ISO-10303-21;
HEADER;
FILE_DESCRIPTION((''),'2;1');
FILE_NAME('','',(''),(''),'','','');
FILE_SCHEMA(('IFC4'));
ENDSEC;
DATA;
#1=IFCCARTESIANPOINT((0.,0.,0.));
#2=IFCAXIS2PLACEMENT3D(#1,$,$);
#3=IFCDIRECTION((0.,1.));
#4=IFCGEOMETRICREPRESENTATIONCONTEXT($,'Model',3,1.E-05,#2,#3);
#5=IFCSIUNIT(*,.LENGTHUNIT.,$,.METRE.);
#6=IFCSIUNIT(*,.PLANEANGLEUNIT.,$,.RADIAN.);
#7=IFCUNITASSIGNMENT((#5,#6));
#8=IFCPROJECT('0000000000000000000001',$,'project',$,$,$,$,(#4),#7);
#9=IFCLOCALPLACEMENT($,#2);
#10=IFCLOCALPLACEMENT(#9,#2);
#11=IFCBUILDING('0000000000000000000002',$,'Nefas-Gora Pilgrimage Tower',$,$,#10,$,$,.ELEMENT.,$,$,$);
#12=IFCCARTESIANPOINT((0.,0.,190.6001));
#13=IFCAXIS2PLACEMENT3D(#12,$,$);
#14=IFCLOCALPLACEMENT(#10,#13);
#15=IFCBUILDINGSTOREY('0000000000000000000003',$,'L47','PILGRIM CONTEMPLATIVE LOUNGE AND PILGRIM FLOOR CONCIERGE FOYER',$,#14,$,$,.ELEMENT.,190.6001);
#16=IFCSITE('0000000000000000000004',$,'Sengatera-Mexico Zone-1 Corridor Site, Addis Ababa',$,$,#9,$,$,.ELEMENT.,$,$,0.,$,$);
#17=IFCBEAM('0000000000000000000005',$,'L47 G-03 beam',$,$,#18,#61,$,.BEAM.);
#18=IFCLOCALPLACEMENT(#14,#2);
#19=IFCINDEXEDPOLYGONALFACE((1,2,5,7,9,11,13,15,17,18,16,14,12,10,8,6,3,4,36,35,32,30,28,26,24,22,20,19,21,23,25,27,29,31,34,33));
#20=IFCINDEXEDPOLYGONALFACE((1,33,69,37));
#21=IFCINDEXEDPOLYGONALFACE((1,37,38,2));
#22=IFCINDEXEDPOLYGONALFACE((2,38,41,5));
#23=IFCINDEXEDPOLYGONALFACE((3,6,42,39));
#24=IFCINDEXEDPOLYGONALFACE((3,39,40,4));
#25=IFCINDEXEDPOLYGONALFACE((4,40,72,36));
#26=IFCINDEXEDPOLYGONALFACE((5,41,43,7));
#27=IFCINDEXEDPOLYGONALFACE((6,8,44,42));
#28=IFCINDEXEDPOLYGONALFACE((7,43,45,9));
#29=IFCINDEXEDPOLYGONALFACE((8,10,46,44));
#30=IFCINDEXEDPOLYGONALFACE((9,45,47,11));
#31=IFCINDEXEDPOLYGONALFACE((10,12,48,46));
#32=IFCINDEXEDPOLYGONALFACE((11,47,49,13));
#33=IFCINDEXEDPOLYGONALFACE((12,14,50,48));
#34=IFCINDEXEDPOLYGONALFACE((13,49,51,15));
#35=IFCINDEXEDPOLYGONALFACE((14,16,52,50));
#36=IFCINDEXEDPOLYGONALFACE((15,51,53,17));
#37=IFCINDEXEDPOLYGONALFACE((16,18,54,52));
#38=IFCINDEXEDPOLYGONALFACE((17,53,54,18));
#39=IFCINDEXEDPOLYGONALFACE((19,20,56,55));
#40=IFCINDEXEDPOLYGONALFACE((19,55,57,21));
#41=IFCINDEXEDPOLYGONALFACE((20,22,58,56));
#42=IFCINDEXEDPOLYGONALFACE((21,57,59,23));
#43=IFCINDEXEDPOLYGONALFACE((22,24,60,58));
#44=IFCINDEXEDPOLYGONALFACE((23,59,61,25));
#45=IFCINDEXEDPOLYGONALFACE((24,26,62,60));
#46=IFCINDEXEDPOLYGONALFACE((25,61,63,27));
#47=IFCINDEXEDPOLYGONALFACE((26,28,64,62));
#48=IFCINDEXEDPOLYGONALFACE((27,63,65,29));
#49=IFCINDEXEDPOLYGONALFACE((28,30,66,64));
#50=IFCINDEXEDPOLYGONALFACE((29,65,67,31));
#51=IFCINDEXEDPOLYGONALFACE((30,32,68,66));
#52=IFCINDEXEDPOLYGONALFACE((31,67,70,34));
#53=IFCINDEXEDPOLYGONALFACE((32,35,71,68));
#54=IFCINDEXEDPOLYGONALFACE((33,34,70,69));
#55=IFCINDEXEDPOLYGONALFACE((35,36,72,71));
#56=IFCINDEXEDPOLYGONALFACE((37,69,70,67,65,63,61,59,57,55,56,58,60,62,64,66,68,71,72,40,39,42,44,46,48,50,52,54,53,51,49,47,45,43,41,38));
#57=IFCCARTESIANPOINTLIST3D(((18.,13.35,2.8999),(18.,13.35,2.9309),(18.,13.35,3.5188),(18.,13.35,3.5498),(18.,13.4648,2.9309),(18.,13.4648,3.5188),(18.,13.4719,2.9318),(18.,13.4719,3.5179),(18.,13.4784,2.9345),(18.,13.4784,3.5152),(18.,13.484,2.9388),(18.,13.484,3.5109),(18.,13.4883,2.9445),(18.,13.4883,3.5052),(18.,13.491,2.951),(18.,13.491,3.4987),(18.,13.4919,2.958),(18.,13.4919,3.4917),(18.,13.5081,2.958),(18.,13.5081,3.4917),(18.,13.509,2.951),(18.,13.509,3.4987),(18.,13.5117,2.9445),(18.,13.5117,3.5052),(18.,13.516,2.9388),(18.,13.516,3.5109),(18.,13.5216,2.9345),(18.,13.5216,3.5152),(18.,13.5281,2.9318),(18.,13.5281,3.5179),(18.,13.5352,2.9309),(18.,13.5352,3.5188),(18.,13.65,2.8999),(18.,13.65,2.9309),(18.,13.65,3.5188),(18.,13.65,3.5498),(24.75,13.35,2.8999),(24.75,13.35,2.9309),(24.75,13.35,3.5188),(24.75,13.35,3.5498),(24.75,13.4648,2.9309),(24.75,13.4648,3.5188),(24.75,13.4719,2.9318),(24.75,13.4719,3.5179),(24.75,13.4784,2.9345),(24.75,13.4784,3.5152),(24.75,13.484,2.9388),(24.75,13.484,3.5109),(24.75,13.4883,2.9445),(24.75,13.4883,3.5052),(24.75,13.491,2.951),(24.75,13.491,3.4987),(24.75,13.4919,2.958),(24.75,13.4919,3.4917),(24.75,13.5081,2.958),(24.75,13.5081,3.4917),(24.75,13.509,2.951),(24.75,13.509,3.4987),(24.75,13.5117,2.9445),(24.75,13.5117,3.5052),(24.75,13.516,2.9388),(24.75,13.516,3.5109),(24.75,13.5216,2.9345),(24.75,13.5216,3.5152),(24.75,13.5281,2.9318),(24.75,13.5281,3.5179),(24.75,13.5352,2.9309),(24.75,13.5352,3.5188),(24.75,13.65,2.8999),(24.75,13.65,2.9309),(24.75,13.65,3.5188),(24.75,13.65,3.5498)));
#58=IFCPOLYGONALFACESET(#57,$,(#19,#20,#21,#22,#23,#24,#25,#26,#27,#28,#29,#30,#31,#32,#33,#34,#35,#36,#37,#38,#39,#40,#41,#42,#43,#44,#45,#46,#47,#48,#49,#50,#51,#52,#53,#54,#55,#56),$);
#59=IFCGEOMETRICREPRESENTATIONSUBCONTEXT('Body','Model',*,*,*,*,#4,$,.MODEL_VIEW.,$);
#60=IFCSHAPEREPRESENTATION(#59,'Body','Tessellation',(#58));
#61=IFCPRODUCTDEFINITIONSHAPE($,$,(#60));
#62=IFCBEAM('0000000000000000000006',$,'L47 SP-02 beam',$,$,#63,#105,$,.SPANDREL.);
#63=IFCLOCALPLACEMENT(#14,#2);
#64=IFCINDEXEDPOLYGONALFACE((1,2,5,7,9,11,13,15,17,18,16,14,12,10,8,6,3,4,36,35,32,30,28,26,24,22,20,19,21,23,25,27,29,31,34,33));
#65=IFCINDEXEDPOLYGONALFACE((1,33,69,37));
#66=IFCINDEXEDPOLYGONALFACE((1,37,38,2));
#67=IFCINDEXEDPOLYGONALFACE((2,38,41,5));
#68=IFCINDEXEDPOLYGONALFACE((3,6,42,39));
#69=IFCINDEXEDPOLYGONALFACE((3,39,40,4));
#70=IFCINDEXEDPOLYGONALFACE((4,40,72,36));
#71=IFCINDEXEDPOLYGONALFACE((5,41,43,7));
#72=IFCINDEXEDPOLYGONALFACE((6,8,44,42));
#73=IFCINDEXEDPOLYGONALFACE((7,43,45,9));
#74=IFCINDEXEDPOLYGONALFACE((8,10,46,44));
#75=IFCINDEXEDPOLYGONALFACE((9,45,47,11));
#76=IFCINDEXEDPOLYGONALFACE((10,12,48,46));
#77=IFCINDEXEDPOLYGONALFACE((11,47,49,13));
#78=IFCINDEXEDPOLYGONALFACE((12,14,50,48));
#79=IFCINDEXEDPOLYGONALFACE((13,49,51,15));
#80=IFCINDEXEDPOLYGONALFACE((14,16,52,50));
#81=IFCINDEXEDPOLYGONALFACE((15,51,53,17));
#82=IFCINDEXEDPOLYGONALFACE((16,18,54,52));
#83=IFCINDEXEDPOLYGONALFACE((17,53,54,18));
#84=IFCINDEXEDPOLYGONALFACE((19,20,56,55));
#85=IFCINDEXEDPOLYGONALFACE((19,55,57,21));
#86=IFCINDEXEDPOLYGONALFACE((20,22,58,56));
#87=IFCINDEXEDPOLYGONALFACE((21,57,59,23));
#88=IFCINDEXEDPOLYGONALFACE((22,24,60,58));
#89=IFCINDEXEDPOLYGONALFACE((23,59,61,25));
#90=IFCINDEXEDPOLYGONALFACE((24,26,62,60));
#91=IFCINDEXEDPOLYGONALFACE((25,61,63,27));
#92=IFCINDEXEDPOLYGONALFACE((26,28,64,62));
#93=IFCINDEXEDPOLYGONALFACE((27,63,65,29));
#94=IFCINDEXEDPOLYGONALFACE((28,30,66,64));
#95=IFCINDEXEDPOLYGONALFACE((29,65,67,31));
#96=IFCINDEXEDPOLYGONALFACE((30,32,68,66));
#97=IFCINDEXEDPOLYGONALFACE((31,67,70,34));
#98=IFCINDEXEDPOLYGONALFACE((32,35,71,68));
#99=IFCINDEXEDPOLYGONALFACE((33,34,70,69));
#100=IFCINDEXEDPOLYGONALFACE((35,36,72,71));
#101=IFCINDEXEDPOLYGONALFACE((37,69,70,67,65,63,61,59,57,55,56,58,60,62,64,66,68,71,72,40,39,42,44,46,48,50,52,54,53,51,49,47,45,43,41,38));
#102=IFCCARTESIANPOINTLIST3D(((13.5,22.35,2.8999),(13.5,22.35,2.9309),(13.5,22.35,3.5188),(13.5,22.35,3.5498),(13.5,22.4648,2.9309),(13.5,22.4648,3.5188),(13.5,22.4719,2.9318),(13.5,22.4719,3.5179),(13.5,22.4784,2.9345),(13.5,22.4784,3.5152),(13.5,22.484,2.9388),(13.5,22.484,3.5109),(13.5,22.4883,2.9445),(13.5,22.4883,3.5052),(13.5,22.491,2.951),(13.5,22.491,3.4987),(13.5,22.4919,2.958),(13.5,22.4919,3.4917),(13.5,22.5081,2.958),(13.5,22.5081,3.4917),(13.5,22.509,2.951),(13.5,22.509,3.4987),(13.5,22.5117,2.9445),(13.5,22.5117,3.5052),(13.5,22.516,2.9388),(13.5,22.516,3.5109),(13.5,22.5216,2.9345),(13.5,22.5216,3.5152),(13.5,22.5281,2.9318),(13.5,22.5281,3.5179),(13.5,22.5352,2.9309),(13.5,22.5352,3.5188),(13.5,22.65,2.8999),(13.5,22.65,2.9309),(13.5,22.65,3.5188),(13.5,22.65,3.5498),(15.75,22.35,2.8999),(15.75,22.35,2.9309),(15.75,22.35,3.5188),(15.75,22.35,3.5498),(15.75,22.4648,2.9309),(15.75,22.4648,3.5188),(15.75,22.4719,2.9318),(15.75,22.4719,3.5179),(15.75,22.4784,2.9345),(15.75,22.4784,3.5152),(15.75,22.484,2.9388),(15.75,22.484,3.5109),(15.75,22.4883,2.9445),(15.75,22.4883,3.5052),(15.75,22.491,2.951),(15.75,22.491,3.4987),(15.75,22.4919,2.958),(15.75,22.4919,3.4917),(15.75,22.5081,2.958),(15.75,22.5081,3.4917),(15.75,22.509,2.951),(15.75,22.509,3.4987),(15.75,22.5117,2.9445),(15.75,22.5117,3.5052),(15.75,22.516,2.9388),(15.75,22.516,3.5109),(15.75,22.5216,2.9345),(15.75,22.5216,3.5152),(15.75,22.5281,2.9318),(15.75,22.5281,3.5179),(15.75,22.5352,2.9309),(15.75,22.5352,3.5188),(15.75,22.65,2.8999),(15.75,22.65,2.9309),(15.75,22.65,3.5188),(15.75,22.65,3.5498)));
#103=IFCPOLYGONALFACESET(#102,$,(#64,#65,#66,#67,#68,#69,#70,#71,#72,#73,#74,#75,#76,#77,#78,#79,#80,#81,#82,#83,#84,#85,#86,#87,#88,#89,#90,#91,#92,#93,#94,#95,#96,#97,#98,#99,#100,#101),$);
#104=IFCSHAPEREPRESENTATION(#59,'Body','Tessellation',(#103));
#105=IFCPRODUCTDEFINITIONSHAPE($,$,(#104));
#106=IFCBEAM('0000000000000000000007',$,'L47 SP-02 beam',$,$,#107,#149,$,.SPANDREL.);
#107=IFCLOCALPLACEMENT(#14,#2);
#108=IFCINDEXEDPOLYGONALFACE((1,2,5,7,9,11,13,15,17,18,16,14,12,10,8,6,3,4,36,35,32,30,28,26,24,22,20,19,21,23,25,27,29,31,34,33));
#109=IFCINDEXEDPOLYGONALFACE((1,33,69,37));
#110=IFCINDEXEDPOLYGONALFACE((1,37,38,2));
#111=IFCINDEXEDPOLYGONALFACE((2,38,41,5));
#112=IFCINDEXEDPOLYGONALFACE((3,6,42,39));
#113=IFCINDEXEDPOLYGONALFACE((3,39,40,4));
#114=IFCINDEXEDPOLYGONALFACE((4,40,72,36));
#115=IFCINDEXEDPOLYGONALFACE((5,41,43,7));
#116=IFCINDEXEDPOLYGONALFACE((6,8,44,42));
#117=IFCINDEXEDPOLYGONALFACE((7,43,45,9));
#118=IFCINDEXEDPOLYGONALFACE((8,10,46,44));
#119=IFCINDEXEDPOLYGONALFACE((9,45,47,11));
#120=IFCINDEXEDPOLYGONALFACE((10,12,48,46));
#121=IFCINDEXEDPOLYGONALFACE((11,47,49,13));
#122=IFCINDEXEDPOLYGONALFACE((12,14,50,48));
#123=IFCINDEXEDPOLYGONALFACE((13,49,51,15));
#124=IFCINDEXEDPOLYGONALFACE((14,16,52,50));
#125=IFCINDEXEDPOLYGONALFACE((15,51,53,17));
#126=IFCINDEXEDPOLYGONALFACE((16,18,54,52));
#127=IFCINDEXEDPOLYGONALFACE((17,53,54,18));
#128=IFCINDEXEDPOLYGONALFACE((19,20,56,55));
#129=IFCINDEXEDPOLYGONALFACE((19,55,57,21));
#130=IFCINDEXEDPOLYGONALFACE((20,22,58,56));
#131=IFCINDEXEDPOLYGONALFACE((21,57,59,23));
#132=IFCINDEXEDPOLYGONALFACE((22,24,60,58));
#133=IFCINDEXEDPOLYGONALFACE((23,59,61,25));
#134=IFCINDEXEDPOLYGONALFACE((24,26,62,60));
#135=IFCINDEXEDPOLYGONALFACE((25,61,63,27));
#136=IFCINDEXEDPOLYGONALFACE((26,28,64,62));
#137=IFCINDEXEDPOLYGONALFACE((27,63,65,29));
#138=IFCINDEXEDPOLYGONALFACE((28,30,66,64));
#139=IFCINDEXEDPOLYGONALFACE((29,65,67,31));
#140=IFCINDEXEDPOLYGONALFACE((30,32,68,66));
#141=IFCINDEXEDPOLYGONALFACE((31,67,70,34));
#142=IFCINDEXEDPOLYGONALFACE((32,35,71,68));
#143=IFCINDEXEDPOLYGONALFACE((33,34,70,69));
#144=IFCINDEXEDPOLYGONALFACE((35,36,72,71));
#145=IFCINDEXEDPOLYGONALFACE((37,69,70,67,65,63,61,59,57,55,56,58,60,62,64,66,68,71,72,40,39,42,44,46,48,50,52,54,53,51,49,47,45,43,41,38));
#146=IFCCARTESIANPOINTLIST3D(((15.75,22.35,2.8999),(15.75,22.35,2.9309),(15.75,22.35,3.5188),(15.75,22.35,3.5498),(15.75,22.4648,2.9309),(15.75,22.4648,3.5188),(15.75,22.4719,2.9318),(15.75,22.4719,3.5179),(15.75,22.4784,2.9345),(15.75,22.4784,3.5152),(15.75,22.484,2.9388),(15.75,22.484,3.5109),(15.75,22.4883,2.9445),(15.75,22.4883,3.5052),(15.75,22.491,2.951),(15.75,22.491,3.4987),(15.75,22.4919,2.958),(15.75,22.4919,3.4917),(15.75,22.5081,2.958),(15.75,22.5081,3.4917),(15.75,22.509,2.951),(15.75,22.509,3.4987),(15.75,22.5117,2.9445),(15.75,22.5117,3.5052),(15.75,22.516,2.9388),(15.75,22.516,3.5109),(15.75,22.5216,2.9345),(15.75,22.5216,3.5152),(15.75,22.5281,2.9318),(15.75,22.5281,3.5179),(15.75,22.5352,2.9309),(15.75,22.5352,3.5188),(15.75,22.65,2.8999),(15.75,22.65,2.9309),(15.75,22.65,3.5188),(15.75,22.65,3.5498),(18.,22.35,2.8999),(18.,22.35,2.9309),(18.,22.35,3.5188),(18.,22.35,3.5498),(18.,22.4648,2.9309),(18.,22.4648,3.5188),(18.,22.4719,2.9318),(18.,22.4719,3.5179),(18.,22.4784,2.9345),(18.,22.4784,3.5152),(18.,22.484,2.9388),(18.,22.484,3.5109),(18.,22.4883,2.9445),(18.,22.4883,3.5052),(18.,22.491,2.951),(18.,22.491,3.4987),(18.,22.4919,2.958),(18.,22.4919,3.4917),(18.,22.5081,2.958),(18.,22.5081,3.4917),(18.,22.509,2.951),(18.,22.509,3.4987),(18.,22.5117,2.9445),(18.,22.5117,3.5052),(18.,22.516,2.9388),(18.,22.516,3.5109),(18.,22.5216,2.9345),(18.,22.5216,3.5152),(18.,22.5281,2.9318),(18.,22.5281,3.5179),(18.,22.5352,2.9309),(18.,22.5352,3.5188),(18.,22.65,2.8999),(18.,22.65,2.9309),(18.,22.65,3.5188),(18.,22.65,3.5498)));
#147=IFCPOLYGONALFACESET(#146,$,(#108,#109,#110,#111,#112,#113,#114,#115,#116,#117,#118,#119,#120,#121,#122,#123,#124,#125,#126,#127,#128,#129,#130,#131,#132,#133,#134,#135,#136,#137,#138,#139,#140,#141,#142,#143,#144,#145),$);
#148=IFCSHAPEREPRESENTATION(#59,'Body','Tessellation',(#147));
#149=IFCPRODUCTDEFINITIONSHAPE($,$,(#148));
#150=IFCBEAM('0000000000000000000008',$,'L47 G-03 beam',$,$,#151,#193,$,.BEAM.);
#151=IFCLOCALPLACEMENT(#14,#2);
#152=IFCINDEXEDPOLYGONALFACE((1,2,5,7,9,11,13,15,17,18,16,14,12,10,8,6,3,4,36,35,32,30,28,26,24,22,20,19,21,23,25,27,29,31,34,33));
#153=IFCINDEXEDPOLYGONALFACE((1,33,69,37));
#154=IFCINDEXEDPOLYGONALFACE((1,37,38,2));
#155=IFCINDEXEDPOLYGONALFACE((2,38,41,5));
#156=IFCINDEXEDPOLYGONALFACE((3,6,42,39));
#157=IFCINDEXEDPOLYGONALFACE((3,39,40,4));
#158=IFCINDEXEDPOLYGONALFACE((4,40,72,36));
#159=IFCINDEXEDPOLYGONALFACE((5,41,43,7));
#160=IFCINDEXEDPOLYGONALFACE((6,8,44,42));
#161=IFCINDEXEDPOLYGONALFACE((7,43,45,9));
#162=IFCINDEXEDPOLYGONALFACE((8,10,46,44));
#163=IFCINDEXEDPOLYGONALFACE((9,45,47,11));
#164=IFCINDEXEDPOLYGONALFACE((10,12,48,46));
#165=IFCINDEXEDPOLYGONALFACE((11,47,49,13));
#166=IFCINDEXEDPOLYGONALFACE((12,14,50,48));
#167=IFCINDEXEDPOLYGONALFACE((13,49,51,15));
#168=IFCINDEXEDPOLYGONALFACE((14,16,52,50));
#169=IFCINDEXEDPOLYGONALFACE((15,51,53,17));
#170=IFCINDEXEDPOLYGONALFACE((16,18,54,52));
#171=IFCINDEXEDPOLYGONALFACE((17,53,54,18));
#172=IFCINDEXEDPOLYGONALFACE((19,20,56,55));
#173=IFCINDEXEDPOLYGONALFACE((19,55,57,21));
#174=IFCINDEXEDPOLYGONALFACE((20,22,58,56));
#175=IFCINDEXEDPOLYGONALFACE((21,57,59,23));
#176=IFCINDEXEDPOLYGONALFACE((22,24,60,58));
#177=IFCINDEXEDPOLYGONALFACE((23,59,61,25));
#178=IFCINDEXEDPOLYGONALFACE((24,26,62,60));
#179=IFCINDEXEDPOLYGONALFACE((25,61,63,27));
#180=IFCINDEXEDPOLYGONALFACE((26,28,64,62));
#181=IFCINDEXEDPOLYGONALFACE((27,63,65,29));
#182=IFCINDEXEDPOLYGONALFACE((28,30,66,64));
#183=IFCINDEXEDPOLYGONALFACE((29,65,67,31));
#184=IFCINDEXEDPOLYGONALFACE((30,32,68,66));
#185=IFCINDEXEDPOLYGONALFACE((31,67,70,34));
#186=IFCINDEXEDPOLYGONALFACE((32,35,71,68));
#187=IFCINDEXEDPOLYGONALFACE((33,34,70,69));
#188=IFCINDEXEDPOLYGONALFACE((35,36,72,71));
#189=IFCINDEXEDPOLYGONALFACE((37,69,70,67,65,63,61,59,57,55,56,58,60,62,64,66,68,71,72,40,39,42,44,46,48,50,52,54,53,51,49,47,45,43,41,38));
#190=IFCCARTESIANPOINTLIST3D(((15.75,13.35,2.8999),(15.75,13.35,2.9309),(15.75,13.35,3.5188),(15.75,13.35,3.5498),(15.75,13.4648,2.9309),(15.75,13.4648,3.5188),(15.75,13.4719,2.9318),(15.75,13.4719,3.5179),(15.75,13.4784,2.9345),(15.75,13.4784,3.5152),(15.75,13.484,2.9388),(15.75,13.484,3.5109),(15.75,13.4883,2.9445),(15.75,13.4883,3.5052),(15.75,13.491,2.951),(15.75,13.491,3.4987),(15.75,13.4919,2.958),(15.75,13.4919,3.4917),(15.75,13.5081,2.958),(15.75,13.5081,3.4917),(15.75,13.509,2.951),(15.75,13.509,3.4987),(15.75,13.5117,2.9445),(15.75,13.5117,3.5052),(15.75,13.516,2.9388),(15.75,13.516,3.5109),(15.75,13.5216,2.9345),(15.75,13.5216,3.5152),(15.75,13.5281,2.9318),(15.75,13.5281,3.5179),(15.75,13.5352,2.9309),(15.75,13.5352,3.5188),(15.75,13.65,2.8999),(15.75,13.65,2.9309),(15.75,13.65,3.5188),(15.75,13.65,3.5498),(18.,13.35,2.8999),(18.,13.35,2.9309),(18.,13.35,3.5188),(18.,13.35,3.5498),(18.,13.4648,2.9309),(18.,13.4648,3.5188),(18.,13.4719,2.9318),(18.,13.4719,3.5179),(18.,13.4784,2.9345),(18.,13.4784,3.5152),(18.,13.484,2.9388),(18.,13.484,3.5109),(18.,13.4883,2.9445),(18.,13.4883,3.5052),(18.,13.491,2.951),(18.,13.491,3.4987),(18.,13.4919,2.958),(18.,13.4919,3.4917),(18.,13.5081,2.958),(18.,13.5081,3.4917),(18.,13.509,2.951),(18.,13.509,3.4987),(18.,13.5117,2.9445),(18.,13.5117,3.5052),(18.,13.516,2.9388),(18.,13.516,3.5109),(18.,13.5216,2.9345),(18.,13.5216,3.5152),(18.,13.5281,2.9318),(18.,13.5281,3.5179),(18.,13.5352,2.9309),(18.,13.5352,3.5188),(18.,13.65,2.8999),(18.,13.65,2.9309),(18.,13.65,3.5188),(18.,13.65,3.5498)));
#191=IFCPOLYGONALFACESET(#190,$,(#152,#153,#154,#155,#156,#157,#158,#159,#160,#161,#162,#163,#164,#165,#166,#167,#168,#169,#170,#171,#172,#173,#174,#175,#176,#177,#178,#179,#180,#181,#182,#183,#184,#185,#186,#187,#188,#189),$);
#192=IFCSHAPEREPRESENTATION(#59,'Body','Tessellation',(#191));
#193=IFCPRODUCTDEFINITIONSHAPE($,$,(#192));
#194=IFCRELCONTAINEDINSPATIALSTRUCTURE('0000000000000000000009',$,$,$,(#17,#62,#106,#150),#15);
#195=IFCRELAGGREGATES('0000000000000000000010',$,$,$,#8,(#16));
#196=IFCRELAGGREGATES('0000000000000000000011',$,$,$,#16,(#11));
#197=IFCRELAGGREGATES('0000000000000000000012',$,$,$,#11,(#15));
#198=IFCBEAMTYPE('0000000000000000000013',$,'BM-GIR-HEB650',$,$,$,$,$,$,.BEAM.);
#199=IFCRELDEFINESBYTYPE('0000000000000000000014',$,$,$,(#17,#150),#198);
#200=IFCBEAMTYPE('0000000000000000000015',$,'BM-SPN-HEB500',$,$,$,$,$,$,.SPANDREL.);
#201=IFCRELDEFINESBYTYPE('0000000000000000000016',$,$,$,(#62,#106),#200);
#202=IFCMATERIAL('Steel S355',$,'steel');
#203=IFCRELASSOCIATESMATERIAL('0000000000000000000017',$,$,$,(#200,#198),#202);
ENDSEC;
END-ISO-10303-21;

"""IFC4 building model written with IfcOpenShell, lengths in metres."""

from ifc_helpers import new_model, si_unit, direction, frame, origin, origin_2d, place, context, subcontext, project, spatial, i_section, extrude, source, transform, mapped, material, material_profile, profile_set, type_object, element, save


model = new_model("IFC4")

# Units and contexts
model_context = context("Model", 3, precision=1e-05, world=origin(), true_north=direction((0.0, 1.0)))
body_context = subcontext(model_context, "Body", "Model", "MODEL_VIEW")
ifc_project = project(units=[si_unit("LENGTHUNIT", "METRE"), si_unit("PLANEANGLEUNIT", "RADIAN")], contexts=[model_context])

# Site, building, storey
site_placement = place(None, origin())
site = spatial("IfcSite", under=ifc_project, at=site_placement, Name="Sengatera-Mexico Zone-1 Corridor Site, Addis Ababa", CompositionType="ELEMENT", RefElevation=0.0)
building_placement = place(site_placement, origin())
building = spatial("IfcBuilding", under=site, at=building_placement, Name="Nefas-Gora Pilgrimage Tower", CompositionType="ELEMENT")
storey_placement = place(building_placement, frame((0.0, 0.0, 190.6001)))
storey = spatial("IfcBuildingStorey", under=building, at=storey_placement, Name="L47", Description="PILGRIM CONTEMPLATIVE LOUNGE AND PILGRIM FLOOR CONCIERGE FOYER", CompositionType="ELEMENT", Elevation=190.6001)

# Beams
ifc_material_1 = material(Name="Steel S355", Category="steel")
ifc_material_profile_1 = material_profile(ifc_material_1, i_section(OverallWidth=0.3, OverallDepth=0.6499, WebThickness=0.0161, FlangeThickness=0.031, FilletRadius=0.0271, at=origin_2d()), Name="HEB 650")
ifc_profile_set_1 = profile_set([ifc_material_profile_1], Name="Steel S355")
beam_type_1 = type_object("IfcBeamType", Name="BM-SPN-HEB500", PredefinedType="SPANDREL", material=ifc_profile_set_1)
ifc_material_profile_2 = material_profile(ifc_material_1, i_section(OverallWidth=0.3, OverallDepth=0.6499, WebThickness=0.0161, FlangeThickness=0.031, FilletRadius=0.0271, at=origin_2d()), Name="HEB 650")
ifc_profile_set_2 = profile_set([ifc_material_profile_2], Name="Steel S355")
beam_type_2 = type_object("IfcBeamType", Name="BM-GIR-HEB650", PredefinedType="BEAM", material=ifc_profile_set_2)
shared_shape_1 = source(origin(), body_context, "Body", "SweptSolid", [
    extrude(i_section(OverallWidth=0.3, OverallDepth=0.6499, WebThickness=0.0161, FlangeThickness=0.031, FilletRadius=0.0271, at=origin_2d()), origin(), (0.0, 0.0, 1.0), 6.75),
])
for number, where, z_axis, x_axis, name in (
    (1, (18.0, 13.5, 3.2249), (1.0, 0.0, 0.0), (0.0, 1.0, 0.0), "L47 G-03 beam"),
):
    element("IfcBeam", number, at=place(storey_placement, frame(where, z_axis=z_axis, x_axis=x_axis)), inside=storey, type_object=beam_type_2, Name=name, PredefinedType="BEAM", context=body_context, shape_type="MappedRepresentation", body=[
        mapped(shared_shape_1, transform((0.0, 0.0, 0.0), x_axis=(1.0, 0.0, 0.0), y_axis=(0.0, 1.0, 0.0), z_axis=(0.0, 0.0, 1.0), scale=1.0)),
    ])
shared_shape_2 = source(origin(), body_context, "Body", "SweptSolid", [
    extrude(i_section(OverallWidth=0.3, OverallDepth=0.6499, WebThickness=0.0161, FlangeThickness=0.031, FilletRadius=0.0271, at=origin_2d()), origin(), (0.0, 0.0, 1.0), 2.25),
])
for number, where, z_axis, x_axis, name in (
    (2, (13.5, 22.5, 3.2249), (1.0, 0.0, 0.0), (0.0, 1.0, 0.0), "L47 SP-02 beam"),
    (3, (15.75, 22.5, 3.2249), (1.0, 0.0, 0.0), (0.0, 1.0, 0.0), "L47 SP-02 beam"),
):
    element("IfcBeam", number, at=place(storey_placement, frame(where, z_axis=z_axis, x_axis=x_axis)), inside=storey, type_object=beam_type_1, Name=name, PredefinedType="SPANDREL", context=body_context, shape_type="MappedRepresentation", body=[
        mapped(shared_shape_2, transform((0.0, 0.0, 0.0), x_axis=(1.0, 0.0, 0.0), y_axis=(0.0, 1.0, 0.0), z_axis=(0.0, 0.0, 1.0), scale=1.0)),
    ])
shared_shape_3 = source(origin(), body_context, "Body", "SweptSolid", [
    extrude(i_section(OverallWidth=0.3, OverallDepth=0.6499, WebThickness=0.0161, FlangeThickness=0.031, FilletRadius=0.0271, at=origin_2d()), origin(), (0.0, 0.0, 1.0), 2.25),
])
beam_1_placement = place(storey_placement, frame((15.75, 13.5, 3.2249), z_axis=(1.0, 0.0, 0.0), x_axis=(0.0, 1.0, 0.0)))
element("IfcBeam", 4, at=beam_1_placement, inside=storey, type_object=beam_type_2, Name="L47 G-03 beam", PredefinedType="BEAM", context=body_context, shape_type="MappedRepresentation", body=[
    mapped(shared_shape_3, transform((0.0, 0.0, 0.0), x_axis=(1.0, 0.0, 0.0), y_axis=(0.0, 1.0, 0.0), z_axis=(0.0, 0.0, 1.0), scale=1.0)),
])

save(model, "model.ifc")
